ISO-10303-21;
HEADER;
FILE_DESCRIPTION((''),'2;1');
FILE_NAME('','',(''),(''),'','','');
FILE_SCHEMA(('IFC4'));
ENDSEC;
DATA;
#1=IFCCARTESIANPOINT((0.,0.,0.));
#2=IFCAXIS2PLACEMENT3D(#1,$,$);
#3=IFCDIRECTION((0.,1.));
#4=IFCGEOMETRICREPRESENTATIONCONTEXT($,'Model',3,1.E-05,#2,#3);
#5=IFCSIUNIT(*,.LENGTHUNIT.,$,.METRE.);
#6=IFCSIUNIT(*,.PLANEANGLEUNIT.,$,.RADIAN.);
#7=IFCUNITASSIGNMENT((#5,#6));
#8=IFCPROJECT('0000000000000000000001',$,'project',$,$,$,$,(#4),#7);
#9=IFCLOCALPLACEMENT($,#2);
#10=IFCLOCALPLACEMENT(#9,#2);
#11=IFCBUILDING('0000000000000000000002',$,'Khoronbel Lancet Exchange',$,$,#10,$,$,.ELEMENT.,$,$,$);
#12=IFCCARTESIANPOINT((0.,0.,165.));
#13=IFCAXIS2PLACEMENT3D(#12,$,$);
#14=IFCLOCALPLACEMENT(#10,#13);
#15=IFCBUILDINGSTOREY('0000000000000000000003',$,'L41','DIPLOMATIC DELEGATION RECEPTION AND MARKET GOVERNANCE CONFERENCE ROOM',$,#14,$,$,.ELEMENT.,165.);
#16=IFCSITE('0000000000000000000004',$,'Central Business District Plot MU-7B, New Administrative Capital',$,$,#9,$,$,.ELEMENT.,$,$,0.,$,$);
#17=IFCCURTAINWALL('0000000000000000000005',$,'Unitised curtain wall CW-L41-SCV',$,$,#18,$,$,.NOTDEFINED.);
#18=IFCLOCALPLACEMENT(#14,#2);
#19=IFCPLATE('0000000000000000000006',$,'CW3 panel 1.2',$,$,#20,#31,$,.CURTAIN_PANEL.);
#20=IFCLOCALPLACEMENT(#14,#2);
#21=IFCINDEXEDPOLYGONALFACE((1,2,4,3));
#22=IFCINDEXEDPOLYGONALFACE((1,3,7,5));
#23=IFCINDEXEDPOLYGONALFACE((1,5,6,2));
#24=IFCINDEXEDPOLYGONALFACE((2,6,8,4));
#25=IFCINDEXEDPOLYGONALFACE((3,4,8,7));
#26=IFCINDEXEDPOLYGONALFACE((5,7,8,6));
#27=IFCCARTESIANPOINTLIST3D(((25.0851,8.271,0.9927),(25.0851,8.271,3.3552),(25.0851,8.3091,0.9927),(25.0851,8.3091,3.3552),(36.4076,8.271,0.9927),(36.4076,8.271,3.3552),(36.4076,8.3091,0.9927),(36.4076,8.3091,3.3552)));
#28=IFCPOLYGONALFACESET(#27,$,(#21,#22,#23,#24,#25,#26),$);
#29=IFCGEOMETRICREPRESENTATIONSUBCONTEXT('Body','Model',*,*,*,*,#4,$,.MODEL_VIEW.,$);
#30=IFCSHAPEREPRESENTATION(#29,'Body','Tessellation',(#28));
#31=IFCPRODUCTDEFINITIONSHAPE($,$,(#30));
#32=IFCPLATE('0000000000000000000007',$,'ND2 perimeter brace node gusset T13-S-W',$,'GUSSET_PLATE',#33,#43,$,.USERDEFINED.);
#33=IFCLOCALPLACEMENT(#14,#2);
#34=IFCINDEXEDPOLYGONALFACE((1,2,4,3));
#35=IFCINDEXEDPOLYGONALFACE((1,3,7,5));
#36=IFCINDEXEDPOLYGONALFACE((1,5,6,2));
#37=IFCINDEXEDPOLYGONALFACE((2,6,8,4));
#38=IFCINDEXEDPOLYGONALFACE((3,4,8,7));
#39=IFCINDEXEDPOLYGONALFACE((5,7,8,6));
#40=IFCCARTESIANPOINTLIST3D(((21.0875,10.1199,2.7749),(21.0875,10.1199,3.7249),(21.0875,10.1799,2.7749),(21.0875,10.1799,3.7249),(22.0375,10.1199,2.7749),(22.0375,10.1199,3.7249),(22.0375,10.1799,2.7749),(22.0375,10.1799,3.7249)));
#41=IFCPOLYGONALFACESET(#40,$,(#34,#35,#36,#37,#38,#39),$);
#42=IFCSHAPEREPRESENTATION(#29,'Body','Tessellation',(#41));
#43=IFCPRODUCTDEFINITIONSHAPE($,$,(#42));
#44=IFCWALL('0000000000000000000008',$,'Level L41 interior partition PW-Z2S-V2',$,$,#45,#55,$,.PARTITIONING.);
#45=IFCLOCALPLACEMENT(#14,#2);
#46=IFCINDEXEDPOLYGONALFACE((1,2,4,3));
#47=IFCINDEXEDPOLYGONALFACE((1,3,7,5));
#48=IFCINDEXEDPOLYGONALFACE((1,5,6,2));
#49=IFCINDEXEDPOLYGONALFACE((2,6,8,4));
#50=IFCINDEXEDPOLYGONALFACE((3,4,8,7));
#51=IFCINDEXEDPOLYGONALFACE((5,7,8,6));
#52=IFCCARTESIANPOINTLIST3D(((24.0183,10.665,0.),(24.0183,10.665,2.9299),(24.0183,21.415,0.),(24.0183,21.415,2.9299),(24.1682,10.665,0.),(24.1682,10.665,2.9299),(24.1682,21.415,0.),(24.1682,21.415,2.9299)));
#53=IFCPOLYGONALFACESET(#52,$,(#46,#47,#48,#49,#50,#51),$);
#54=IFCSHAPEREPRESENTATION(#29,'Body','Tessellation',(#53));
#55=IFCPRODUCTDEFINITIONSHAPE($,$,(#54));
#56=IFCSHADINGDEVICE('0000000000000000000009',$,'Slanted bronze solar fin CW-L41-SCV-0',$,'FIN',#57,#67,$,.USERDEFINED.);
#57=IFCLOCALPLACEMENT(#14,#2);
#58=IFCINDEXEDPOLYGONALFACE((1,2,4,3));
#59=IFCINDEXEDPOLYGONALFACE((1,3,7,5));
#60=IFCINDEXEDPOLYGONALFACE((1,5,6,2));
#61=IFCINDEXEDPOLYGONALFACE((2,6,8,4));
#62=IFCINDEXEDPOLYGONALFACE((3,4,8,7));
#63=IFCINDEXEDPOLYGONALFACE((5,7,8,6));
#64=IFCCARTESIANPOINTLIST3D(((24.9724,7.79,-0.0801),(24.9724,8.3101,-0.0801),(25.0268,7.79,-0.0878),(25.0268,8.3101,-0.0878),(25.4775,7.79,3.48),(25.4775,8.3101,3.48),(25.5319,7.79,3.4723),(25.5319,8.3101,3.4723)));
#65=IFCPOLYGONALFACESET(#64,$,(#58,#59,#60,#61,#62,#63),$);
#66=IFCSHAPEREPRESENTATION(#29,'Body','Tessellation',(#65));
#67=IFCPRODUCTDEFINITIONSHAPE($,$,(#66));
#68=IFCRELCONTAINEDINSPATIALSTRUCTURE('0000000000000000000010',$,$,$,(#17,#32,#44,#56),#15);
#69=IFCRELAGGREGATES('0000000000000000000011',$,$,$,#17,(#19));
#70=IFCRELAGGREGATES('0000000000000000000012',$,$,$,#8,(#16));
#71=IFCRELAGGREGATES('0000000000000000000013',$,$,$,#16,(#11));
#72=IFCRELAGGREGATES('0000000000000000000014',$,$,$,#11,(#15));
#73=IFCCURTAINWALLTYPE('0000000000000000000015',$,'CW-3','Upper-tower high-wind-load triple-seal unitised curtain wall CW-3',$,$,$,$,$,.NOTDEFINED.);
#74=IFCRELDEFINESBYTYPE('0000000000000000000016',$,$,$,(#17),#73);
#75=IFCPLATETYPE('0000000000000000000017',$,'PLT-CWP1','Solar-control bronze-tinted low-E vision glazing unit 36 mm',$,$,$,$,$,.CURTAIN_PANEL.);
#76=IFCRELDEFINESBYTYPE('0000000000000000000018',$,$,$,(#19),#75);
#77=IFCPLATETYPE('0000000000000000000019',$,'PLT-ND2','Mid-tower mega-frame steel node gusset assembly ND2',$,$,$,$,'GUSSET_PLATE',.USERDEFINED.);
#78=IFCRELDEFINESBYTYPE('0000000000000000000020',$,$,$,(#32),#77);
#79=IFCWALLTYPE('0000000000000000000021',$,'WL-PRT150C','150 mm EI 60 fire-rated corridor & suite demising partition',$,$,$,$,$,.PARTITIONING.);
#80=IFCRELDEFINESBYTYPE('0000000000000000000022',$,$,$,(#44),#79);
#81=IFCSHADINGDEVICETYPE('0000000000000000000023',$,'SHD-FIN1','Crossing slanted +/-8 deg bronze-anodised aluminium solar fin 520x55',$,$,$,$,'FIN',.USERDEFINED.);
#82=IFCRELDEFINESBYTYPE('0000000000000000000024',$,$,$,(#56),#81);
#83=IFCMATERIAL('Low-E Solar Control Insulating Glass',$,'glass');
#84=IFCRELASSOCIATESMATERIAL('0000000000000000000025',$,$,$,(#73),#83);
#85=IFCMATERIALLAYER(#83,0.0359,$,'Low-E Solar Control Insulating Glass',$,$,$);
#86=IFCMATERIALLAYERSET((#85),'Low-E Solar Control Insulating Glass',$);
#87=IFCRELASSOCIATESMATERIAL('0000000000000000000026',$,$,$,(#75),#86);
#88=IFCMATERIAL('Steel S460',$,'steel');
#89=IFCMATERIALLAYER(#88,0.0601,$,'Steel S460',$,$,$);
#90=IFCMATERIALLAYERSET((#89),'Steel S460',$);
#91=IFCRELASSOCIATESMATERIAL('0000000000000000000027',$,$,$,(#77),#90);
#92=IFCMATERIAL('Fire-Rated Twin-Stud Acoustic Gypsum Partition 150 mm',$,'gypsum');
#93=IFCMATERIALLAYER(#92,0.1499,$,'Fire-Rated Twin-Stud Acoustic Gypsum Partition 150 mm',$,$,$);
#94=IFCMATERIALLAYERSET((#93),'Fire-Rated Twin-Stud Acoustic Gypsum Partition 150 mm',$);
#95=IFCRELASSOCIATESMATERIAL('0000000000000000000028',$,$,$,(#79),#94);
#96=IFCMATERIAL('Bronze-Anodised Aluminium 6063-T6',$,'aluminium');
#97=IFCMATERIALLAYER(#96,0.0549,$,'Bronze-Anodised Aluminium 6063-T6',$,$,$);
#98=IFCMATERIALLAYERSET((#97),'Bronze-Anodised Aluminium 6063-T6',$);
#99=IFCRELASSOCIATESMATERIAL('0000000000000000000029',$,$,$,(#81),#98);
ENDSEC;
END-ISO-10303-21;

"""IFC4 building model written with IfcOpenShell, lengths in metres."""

from ifc_helpers import new_model, si_unit, direction, frame, frame_2d, origin, origin_2d, place, context, subcontext, project, spatial, polyline, rectangle, outline, extrude, material, layer, layer_set, type_object, element, aggregate, save


model = new_model("IFC4")

# Units and contexts
model_context = context("Model", 3, precision=1e-05, world=origin(), true_north=direction((0.0, 1.0)))
body_context = subcontext(model_context, "Body", "Model", "MODEL_VIEW")
ifc_project = project(units=[si_unit("LENGTHUNIT", "METRE"), si_unit("PLANEANGLEUNIT", "RADIAN")], contexts=[model_context])

# Site, building, storey
site_placement = place(None, origin())
site = spatial("IfcSite", under=ifc_project, at=site_placement, Name="Central Business District Plot MU-7B, New Administrative Capital", CompositionType="ELEMENT", RefElevation=0.0)
building_placement = place(site_placement, origin())
building = spatial("IfcBuilding", under=site, at=building_placement, Name="Khoronbel Lancet Exchange", CompositionType="ELEMENT")
storey_placement = place(building_placement, frame((0.0, 0.0, 165.0)))
storey = spatial("IfcBuildingStorey", under=building, at=storey_placement, Name="L41", Description="DIPLOMATIC DELEGATION RECEPTION AND MARKET GOVERNANCE CONFERENCE ROOM", CompositionType="ELEMENT", Elevation=165.0)

# Shared definitions
ifc_material_1 = material(Name="Steel S460", Category="steel")

# Curtain wall
ifc_material_2 = material(Name="Low-E Solar Control Insulating Glass", Category="glass")
curtain_wall_type = type_object("IfcCurtainWallType", Name="CW-3", Description="Upper-tower high-wind-load triple-seal unitised curtain wall CW-3", PredefinedType="NOTDEFINED", material=ifc_material_2)
ifc_material_3 = material(Name="Bronze-Anodised Aluminium 6063-T6", Category="aluminium")
curtain_wall_1_placement = place(storey_placement, origin())
curtain_wall_1 = element("IfcCurtainWall", 1, at=curtain_wall_1_placement, inside=storey, type_object=curtain_wall_type, Name="Unitised curtain wall CW-L41-SCV", PredefinedType="NOTDEFINED")

# Plates
ifc_layer_1 = layer(ifc_material_2, 0.0359, Name="Low-E Solar Control Insulating Glass")
ifc_layer_set_1 = layer_set([ifc_layer_1], Name="Low-E Solar Control Insulating Glass")
plate_type_1 = type_object("IfcPlateType", Name="PLT-CWP1", Description="Solar-control bronze-tinted low-E vision glazing unit 36 mm", PredefinedType="CURTAIN_PANEL", material=ifc_layer_set_1)
plate_1_placement = place(storey_placement, frame((30.7463, 8.29, 0.9927), z_axis=(0.0, 0.0, 1.0), x_axis=(1.0, 0.0, 0.0)))
plate_1 = element("IfcPlate", 2, at=plate_1_placement, type_object=plate_type_1, Name="CW3 panel 1.2", PredefinedType="CURTAIN_PANEL", context=body_context, shape_type="SweptSolid", body=[
    extrude(rectangle(XDim=11.3225, YDim=0.0381, at=origin_2d()), origin(), (0.0, 0.0, 1.0), 2.3625),
])
aggregate(curtain_wall_1, [plate_1])
ifc_layer_2 = layer(ifc_material_1, 0.0601, Name="Steel S460")
ifc_layer_set_2 = layer_set([ifc_layer_2], Name="Steel S460")
plate_type_2 = type_object("IfcPlateType", Name="PLT-ND2", Description="Mid-tower mega-frame steel node gusset assembly ND2", ElementType="GUSSET_PLATE", PredefinedType="USERDEFINED", material=ifc_layer_set_2)
plate_2_placement = place(storey_placement, frame((21.5625, 10.1499, 2.7749), z_axis=(0.0, 0.0, 1.0), x_axis=(1.0, 0.0, 0.0)))
element("IfcPlate", 3, at=plate_2_placement, inside=storey, type_object=plate_type_2, Name="ND2 perimeter brace node gusset T13-S-W", ObjectType="GUSSET_PLATE", PredefinedType="USERDEFINED", context=body_context, shape_type="SweptSolid", body=[
    extrude(rectangle(XDim=0.95, YDim=0.0601, at=origin_2d()), origin(), (0.0, 0.0, 1.0), 0.95),
])

# Wall
ifc_material_4 = material(Name="Fire-Rated Twin-Stud Acoustic Gypsum Partition 150 mm", Category="gypsum")
ifc_layer_3 = layer(ifc_material_4, 0.1499, Name="Fire-Rated Twin-Stud Acoustic Gypsum Partition 150 mm")
ifc_layer_set_3 = layer_set([ifc_layer_3], Name="Fire-Rated Twin-Stud Acoustic Gypsum Partition 150 mm")
wall_type = type_object("IfcWallType", Name="WL-PRT150C", Description="150 mm EI 60 fire-rated corridor & suite demising partition", PredefinedType="PARTITIONING", material=ifc_layer_set_3)
wall_placement = place(storey_placement, frame((24.0933, 10.665, 0.0), z_axis=(0.0, 0.0, 1.0), x_axis=(0.0, 1.0, 0.0)))
element("IfcWall", 4, at=wall_placement, inside=storey, type_object=wall_type, Name="Level L41 interior partition PW-Z2S-V2", PredefinedType="PARTITIONING", context=body_context, shape_type="SweptSolid", body=[
    extrude(rectangle(XDim=10.75, YDim=0.1499, at=frame_2d((5.375, 0.0))), origin(), (0.0, 0.0, 1.0), 2.9299),
])

# Shading device
ifc_layer_4 = layer(ifc_material_3, 0.0549, Name="Bronze-Anodised Aluminium 6063-T6")
ifc_layer_set_4 = layer_set([ifc_layer_4], Name="Bronze-Anodised Aluminium 6063-T6")
shading_device_type = type_object("IfcShadingDeviceType", Name="SHD-FIN1", Description="Crossing slanted +/-8 deg bronze-anodised aluminium solar fin 520x55", ElementType="FIN", PredefinedType="USERDEFINED", material=ifc_layer_set_4)
shading_device_placement = place(storey_placement, frame((24.9724, 8.3101, -0.0801), z_axis=(-0.990083, 0.0, 0.14048), x_axis=(0.0, -1.0, 0.0)))
element("IfcShadingDevice", 5, at=shading_device_placement, inside=storey, type_object=shading_device_type, Name="Slanted bronze solar fin CW-L41-SCV-0", ObjectType="FIN", PredefinedType="USERDEFINED", context=body_context, shape_type="SweptSolid", body=[
    extrude(outline(polyline([(0.0, 0.0), (0.52, 0.0), (0.52, 3.5957), (0.0, 3.5957), (0.0, 0.0)])), origin(), (0.0, 0.0, -1.0), 0.0549),
])

save(model, "model.ifc")
